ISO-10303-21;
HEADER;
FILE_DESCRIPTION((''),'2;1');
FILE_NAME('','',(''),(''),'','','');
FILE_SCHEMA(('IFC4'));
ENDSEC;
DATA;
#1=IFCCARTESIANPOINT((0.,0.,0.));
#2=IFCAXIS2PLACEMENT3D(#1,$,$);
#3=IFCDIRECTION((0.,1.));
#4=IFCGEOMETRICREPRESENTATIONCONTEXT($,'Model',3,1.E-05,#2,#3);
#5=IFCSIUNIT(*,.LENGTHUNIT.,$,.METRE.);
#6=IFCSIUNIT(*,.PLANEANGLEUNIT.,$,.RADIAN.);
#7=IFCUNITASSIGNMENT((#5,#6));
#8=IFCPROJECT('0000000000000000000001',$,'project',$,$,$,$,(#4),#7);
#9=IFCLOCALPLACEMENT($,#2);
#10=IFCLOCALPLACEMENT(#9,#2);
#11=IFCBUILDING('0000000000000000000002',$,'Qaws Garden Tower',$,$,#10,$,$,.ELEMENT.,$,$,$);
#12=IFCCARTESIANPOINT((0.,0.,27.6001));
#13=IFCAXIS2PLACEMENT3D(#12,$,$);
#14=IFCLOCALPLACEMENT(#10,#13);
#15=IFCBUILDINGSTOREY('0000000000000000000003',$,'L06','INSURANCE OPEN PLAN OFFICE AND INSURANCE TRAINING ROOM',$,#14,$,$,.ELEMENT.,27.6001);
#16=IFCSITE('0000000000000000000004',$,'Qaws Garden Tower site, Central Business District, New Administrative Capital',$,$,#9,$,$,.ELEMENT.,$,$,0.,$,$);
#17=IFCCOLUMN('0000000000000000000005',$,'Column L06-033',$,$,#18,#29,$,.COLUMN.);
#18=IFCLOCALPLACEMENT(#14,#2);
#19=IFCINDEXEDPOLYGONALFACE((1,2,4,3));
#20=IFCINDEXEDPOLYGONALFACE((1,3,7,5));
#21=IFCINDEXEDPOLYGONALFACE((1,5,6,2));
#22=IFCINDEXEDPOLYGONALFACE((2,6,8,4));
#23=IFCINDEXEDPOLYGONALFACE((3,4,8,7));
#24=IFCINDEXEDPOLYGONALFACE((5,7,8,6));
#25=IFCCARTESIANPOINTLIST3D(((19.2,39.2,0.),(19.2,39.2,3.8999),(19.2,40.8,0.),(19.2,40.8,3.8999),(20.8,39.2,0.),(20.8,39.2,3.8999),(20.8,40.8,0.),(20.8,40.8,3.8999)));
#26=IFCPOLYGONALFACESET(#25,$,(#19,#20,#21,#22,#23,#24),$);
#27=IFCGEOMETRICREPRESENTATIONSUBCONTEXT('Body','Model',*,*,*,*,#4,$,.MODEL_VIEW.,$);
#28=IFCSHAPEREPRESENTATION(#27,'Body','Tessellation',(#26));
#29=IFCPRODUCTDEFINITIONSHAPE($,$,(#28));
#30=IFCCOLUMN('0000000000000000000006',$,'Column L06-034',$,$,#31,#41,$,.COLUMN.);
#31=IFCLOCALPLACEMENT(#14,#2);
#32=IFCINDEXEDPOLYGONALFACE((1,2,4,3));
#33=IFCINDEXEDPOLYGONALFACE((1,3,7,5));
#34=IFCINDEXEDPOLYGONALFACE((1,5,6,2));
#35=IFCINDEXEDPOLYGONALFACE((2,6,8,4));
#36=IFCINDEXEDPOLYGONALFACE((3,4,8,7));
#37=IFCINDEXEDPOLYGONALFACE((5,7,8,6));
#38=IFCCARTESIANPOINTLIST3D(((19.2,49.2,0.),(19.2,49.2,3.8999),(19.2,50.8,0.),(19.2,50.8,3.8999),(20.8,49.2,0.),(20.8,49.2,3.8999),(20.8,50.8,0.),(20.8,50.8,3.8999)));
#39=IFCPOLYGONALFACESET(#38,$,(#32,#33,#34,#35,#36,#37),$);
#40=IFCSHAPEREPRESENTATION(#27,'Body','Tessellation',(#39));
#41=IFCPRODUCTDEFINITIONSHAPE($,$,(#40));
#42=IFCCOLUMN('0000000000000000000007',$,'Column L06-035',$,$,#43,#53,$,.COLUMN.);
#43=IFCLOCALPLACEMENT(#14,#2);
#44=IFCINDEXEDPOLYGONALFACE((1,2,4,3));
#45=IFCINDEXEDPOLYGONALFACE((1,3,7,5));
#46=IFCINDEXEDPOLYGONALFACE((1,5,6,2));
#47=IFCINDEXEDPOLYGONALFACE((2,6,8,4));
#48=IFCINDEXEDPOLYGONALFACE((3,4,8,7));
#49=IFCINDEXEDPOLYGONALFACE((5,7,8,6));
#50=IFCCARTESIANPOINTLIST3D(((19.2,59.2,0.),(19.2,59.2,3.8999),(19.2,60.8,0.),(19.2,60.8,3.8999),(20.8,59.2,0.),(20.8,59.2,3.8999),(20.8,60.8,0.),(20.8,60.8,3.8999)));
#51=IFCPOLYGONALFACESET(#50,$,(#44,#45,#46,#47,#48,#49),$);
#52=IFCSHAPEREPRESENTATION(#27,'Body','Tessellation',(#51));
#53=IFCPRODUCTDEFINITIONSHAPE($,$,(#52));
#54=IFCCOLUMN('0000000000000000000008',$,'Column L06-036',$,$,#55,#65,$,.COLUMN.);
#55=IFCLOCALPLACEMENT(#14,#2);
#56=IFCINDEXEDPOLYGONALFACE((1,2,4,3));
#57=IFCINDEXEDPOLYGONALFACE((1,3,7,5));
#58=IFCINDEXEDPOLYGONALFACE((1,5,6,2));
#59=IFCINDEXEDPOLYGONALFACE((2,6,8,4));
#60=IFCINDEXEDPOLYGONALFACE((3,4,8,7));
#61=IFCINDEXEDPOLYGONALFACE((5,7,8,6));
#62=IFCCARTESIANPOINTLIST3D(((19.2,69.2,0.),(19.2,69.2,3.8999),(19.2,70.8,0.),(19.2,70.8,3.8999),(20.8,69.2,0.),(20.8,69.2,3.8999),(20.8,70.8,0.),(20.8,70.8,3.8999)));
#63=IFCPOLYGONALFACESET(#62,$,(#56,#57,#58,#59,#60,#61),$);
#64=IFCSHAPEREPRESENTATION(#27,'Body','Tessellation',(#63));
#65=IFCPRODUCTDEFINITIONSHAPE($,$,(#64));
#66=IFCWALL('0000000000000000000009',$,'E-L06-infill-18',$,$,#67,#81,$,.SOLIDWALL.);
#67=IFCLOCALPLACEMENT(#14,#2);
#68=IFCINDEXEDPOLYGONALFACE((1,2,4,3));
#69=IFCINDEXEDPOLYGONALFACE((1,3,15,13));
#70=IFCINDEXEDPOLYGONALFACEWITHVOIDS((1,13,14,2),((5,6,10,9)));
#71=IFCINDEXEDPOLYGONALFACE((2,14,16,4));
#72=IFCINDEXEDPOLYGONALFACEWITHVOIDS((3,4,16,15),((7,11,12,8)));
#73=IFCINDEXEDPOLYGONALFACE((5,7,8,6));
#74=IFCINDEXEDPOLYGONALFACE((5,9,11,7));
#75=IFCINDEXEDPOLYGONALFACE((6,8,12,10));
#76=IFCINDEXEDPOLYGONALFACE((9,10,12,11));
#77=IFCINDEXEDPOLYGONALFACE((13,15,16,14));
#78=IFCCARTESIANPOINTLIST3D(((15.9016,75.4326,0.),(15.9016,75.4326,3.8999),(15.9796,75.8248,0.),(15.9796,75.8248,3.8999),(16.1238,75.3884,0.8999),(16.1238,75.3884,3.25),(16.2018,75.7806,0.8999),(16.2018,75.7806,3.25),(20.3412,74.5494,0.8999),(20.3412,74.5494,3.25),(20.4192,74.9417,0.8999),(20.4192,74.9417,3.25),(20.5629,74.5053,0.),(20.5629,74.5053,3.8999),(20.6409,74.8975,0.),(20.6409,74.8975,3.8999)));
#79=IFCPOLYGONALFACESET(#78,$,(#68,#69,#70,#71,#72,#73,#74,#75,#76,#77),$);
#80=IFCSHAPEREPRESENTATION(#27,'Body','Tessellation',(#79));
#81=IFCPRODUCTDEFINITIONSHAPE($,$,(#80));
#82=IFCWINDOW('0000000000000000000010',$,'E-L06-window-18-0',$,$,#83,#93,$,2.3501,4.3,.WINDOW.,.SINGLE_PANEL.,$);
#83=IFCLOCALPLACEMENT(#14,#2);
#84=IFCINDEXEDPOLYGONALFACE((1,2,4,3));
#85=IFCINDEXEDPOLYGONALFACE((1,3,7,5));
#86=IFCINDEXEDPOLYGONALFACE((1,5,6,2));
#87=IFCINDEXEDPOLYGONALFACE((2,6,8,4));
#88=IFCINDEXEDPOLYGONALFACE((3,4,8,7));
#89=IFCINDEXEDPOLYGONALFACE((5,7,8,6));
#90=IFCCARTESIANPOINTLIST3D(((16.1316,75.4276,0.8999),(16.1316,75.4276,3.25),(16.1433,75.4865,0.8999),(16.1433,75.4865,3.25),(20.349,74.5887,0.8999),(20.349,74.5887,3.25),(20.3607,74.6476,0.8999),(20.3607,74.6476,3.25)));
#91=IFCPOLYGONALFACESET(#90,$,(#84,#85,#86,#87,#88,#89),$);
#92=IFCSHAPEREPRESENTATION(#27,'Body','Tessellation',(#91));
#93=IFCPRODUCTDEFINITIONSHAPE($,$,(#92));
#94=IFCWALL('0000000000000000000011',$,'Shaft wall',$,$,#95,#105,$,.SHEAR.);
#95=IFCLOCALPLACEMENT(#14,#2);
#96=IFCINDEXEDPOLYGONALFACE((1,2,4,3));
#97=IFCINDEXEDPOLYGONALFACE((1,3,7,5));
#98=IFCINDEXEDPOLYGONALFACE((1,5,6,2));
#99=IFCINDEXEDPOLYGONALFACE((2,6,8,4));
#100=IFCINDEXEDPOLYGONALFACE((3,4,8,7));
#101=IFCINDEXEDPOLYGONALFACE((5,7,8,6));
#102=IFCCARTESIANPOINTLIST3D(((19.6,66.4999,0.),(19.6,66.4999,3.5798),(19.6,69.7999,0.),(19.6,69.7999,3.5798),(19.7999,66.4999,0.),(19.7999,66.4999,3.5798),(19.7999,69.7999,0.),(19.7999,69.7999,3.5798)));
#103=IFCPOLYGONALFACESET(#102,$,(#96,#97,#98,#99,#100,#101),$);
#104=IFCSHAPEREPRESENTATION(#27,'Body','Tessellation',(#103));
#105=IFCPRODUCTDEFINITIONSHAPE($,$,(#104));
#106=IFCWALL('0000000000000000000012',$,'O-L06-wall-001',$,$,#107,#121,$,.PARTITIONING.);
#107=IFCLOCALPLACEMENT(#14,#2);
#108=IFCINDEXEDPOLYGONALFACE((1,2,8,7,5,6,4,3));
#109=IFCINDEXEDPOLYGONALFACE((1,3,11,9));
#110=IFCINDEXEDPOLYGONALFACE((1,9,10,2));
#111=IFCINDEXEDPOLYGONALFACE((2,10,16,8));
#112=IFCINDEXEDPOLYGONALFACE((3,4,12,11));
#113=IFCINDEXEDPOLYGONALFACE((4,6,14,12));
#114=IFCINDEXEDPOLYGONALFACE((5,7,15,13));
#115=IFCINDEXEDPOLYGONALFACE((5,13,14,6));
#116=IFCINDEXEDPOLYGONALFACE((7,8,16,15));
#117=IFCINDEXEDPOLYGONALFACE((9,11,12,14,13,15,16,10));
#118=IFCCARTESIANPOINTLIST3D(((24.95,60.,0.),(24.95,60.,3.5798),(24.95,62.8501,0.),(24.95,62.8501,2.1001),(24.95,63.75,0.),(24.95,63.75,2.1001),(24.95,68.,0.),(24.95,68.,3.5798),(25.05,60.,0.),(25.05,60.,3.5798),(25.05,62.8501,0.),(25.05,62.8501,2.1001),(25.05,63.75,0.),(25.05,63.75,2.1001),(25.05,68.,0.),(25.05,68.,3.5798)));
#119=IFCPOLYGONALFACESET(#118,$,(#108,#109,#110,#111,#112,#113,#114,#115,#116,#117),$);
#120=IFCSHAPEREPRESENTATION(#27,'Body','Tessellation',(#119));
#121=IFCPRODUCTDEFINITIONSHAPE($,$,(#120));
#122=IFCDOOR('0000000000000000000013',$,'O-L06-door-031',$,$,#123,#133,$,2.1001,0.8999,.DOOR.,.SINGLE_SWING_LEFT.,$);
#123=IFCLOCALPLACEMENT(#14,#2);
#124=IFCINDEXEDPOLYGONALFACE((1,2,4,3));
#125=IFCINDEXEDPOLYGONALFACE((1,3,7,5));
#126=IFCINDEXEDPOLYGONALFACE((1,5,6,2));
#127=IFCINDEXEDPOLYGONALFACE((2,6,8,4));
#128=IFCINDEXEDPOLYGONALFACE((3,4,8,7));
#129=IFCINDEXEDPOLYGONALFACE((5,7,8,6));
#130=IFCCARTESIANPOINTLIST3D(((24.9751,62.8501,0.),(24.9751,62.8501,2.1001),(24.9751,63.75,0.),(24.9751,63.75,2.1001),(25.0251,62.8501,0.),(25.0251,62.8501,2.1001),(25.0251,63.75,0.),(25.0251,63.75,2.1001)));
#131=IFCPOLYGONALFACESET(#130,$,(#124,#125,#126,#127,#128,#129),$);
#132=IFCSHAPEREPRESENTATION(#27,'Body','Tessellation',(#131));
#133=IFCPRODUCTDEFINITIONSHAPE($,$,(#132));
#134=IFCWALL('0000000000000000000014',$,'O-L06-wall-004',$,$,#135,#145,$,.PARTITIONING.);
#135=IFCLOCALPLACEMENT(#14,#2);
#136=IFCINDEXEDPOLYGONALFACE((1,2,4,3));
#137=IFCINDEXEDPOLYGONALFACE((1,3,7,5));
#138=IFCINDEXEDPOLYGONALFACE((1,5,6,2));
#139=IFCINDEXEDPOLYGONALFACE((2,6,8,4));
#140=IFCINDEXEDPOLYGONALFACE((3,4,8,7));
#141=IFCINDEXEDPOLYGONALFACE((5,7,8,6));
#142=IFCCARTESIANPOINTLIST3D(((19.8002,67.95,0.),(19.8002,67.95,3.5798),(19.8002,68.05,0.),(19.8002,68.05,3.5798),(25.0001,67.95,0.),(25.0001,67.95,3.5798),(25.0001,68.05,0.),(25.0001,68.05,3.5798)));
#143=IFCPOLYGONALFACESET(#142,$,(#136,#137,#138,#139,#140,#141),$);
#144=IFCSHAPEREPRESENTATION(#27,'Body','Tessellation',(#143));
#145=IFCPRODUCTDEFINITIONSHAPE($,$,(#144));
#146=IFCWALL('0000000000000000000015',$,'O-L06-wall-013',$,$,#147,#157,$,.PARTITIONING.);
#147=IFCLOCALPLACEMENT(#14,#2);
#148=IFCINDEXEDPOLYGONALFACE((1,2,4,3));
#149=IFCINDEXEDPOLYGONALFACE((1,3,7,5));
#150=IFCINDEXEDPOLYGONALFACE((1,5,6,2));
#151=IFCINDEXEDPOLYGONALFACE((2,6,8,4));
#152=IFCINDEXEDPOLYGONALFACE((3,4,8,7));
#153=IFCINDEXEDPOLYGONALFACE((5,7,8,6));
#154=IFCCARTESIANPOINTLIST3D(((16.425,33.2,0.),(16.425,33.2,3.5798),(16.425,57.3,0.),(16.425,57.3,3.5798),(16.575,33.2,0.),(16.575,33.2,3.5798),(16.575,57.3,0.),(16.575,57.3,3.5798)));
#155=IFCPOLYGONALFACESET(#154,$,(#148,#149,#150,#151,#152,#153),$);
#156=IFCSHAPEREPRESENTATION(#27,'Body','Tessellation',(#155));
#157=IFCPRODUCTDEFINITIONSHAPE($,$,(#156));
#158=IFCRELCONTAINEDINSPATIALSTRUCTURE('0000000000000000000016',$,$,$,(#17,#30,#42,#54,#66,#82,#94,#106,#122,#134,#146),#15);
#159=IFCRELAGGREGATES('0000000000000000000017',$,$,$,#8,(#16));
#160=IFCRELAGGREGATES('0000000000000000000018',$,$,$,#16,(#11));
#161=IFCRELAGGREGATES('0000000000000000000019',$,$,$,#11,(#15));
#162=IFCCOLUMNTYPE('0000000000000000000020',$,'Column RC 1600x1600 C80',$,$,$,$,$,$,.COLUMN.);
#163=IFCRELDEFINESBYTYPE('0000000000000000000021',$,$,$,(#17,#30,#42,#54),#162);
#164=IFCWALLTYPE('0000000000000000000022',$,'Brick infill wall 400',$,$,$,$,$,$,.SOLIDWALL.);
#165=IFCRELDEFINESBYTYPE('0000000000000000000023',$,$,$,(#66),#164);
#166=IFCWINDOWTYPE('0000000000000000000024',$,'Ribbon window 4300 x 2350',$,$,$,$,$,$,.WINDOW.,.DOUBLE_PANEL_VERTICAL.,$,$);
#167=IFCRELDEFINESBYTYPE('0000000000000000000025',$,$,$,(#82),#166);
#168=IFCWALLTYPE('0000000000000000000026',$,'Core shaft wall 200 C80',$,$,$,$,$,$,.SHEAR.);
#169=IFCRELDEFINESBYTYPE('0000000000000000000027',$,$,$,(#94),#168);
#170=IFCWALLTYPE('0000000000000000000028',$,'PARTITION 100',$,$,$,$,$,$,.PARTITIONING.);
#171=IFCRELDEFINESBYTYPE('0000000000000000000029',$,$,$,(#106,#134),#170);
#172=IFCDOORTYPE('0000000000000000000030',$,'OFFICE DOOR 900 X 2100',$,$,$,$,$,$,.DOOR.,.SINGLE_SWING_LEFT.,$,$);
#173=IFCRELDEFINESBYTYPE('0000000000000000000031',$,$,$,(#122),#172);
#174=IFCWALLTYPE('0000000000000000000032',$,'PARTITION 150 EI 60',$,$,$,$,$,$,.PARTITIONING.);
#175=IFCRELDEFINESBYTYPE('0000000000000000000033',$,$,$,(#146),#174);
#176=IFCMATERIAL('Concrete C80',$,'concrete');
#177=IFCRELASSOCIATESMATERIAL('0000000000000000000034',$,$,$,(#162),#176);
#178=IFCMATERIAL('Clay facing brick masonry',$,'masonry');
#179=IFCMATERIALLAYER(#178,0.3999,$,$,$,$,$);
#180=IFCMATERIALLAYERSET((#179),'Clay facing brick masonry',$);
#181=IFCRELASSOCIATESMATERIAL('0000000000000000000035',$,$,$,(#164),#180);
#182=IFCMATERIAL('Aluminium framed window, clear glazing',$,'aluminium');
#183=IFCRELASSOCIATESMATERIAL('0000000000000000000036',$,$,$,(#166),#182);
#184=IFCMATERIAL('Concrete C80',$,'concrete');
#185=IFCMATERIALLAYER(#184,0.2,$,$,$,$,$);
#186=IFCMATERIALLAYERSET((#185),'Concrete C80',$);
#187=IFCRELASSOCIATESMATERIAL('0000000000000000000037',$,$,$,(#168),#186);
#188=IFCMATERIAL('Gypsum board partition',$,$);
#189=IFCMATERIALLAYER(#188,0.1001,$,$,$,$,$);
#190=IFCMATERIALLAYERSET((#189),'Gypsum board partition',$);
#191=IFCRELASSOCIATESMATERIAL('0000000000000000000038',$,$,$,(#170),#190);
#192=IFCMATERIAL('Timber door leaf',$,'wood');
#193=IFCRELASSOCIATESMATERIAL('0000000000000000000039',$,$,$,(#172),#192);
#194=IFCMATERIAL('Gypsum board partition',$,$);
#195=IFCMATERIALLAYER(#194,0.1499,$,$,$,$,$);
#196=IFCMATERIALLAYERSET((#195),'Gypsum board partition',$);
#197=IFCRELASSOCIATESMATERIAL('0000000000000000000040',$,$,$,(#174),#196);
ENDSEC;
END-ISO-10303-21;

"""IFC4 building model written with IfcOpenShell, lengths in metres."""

from ifc_helpers import new_model, si_unit, direction, frame, frame_2d, origin, origin_2d, place, context, subcontext, project, spatial, rectangle, extrude, material, layer, layer_set, material_profile, profile_set, type_object, element, fill, save


model = new_model("IFC4")

# Units and contexts
model_context = context("Model", 3, precision=1e-05, world=origin(), true_north=direction((0.0, 1.0)))
body_context = subcontext(model_context, "Body", "Model", "MODEL_VIEW")
ifc_project = project(units=[si_unit("LENGTHUNIT", "METRE"), si_unit("PLANEANGLEUNIT", "RADIAN")], contexts=[model_context])

# Site, building, storey
site_placement = place(None, origin())
site = spatial("IfcSite", under=ifc_project, at=site_placement, Name="Qaws Garden Tower site, Central Business District, New Administrative Capital", CompositionType="ELEMENT", RefElevation=0.0)
building_placement = place(site_placement, origin())
building = spatial("IfcBuilding", under=site, at=building_placement, Name="Qaws Garden Tower", CompositionType="ELEMENT")
storey_placement = place(building_placement, frame((0.0, 0.0, 27.6001)))
storey = spatial("IfcBuildingStorey", under=building, at=storey_placement, Name="L06", Description="INSURANCE OPEN PLAN OFFICE AND INSURANCE TRAINING ROOM", CompositionType="ELEMENT", Elevation=27.6001)

# Columns
ifc_material_1 = material(Name="Concrete C80", Category="concrete")
ifc_material_profile = material_profile(ifc_material_1, rectangle(XDim=1.6001, YDim=1.6001, at=origin_2d()), Name="RC 1600x1600")
ifc_profile_set = profile_set([ifc_material_profile], Name="Concrete C80")
column_type = type_object("IfcColumnType", Name="Column RC 1600x1600 C80", PredefinedType="COLUMN", material=ifc_profile_set)
for number, where, z_axis, x_axis, name in (
    (1, (20.0, 40.0, 0.0), (0.0, 0.0, 1.0), (1.0, 0.0, 0.0), "Column L06-033"),
    (2, (20.0, 50.0, 0.0), (0.0, 0.0, 1.0), (1.0, 0.0, 0.0), "Column L06-034"),
    (3, (20.0, 60.0, 0.0), (0.0, 0.0, 1.0), (1.0, 0.0, 0.0), "Column L06-035"),
    (4, (20.0, 70.0, 0.0), (0.0, 0.0, 1.0), (1.0, 0.0, 0.0), "Column L06-036"),
):
    element("IfcColumn", number, at=place(storey_placement, frame(where, z_axis=z_axis, x_axis=x_axis)), inside=storey, type_object=column_type, Name=name, PredefinedType="COLUMN", context=body_context, shape_type="SweptSolid", body=[
        extrude(rectangle(XDim=1.6001, YDim=1.6001, at=origin_2d()), origin(), (0.0, 0.0, 1.0), 3.8999),
    ])

# Wall, opening, window
ifc_material_2 = material(Name="Clay facing brick masonry", Category="masonry")
ifc_layer_1 = layer(ifc_material_2, 0.3999)
ifc_layer_set_1 = layer_set([ifc_layer_1], Name="Clay facing brick masonry")
wall_type_1 = type_object("IfcWallType", Name="Brick infill wall 400", PredefinedType="SOLIDWALL", material=ifc_layer_set_1)
wall_1_placement = place(storey_placement, frame((20.6021, 74.7014, 0.0), z_axis=(0.0, 0.0, 1.0), x_axis=(-0.980784, 0.195099, 0.0)))
wall_1 = element("IfcWall", 5, at=wall_1_placement, inside=storey, type_object=wall_type_1, Name="E-L06-infill-18", PredefinedType="SOLIDWALL", context=body_context, shape_type="SweptSolid", body=[
    extrude(rectangle(XDim=4.7527, YDim=0.3999, at=frame_2d((2.3765, 0.0))), origin(), (0.0, 0.0, 1.0), 3.8999),
])
opening_1_placement = place(wall_1_placement, frame((0.2263, 0.0, 0.8999)))
opening_1 = element("IfcOpeningElement", 6, at=opening_1_placement, cuts=wall_1, PredefinedType="OPENING", context=body_context, shape_type="SweptSolid", body=[
    extrude(rectangle(XDim=4.3, YDim=2.3501, at=frame_2d((2.1499, 1.175))), frame((0.0, 0.21, 0.0), z_axis=(0.0, -1.0, 0.0), x_axis=(1.0, 0.0, 0.0)), (0.0, 0.0, 1.0), 0.4199),
])
ifc_material_3 = material(Name="Aluminium framed window, clear glazing", Category="aluminium")
window_type = type_object("IfcWindowType", Name="Ribbon window 4300 x 2350", PartitioningType="DOUBLE_PANEL_VERTICAL", PredefinedType="WINDOW", material=ifc_material_3)
window_placement = place(opening_1_placement, origin())
window = element("IfcWindow", 7, at=window_placement, inside=storey, type_object=window_type, Name="E-L06-window-18-0", OverallHeight=2.3501, OverallWidth=4.3, PartitioningType="SINGLE_PANEL", PredefinedType="WINDOW", context=body_context, shape_type="SweptSolid", body=[
    extrude(rectangle(XDim=4.3, YDim=2.3501, at=frame_2d((2.1499, 1.175))), frame((0.0, 0.1599, 0.0), z_axis=(0.0, -1.0, 0.0), x_axis=(1.0, 0.0, 0.0)), (0.0, 0.0, 1.0), 0.0601),
])
fill(opening_1, window)

# Wall
ifc_material_4 = material(Name="Concrete C80", Category="concrete")
ifc_layer_2 = layer(ifc_material_4, 0.2)
ifc_layer_set_2 = layer_set([ifc_layer_2], Name="Concrete C80")
wall_type_2 = type_object("IfcWallType", Name="Core shaft wall 200 C80", PredefinedType="SHEAR", material=ifc_layer_set_2)
wall_2_placement = place(storey_placement, frame((19.7, 66.5, 0.0), z_axis=(0.0, 0.0, 1.0), x_axis=(0.0, 1.0, 0.0)))
element("IfcWall", 8, at=wall_2_placement, inside=storey, type_object=wall_type_2, Name="Shaft wall", PredefinedType="SHEAR", context=body_context, shape_type="SweptSolid", body=[
    extrude(rectangle(XDim=3.3, YDim=0.2, at=frame_2d((1.6499, 0.0))), origin(), (0.0, 0.0, 1.0), 3.5798),
])

# Wall, opening, door
ifc_material_5 = material(Name="Gypsum board partition")
ifc_layer_3 = layer(ifc_material_5, 0.1001)
ifc_layer_set_3 = layer_set([ifc_layer_3], Name="Gypsum board partition")
wall_type_3 = type_object("IfcWallType", Name="PARTITION 100", PredefinedType="PARTITIONING", material=ifc_layer_set_3)
wall_3_placement = place(storey_placement, frame((25.0, 60.0, 0.0), z_axis=(0.0, 0.0, 1.0), x_axis=(0.0, 1.0, 0.0)))
wall_3 = element("IfcWall", 9, at=wall_3_placement, inside=storey, type_object=wall_type_3, Name="O-L06-wall-001", PredefinedType="PARTITIONING", context=body_context, shape_type="SweptSolid", body=[
    extrude(rectangle(XDim=8.0, YDim=0.1001, at=frame_2d((4.0, 0.0))), origin(), (0.0, 0.0, 1.0), 3.5798),
])
opening_2_placement = place(wall_3_placement, frame((2.8501, 0.0, 0.0)))
opening_2 = element("IfcOpeningElement", 10, at=opening_2_placement, cuts=wall_3, PredefinedType="OPENING", context=body_context, shape_type="SweptSolid", body=[
    extrude(rectangle(XDim=0.8999, YDim=2.1001, at=frame_2d((0.45, 1.05))), frame((0.0, 0.0601, 0.0), z_axis=(0.0, -1.0, 0.0), x_axis=(1.0, 0.0, 0.0)), (0.0, 0.0, 1.0), 0.1201),
])
ifc_material_6 = material(Name="Timber door leaf", Category="wood")
door_type_1 = type_object("IfcDoorType", Name="OFFICE DOOR 900 X 2100", OperationType="SINGLE_SWING_LEFT", PredefinedType="DOOR", material=ifc_material_6)
door_1_placement = place(opening_2_placement, origin())
door_1 = element("IfcDoor", 11, at=door_1_placement, inside=storey, type_object=door_type_1, Name="O-L06-door-031", OperationType="SINGLE_SWING_LEFT", OverallHeight=2.1001, OverallWidth=0.8999, PredefinedType="DOOR", context=body_context, shape_type="SweptSolid", body=[
    extrude(rectangle(XDim=0.8999, YDim=2.1001, at=frame_2d((0.45, 1.05))), frame((0.0, 0.0249, 0.0), z_axis=(0.0, -1.0, 0.0), x_axis=(1.0, 0.0, 0.0)), (0.0, 0.0, 1.0), 0.05),
])
fill(opening_2, door_1)

# Walls
wall_4_placement = place(storey_placement, frame((19.8, 68.0, 0.0), z_axis=(0.0, 0.0, 1.0), x_axis=(1.0, 0.0, 0.0)))
element("IfcWall", 12, at=wall_4_placement, inside=storey, type_object=wall_type_3, Name="O-L06-wall-004", PredefinedType="PARTITIONING", context=body_context, shape_type="SweptSolid", body=[
    extrude(rectangle(XDim=5.2, YDim=0.1001, at=frame_2d((2.6001, 0.0))), origin(), (0.0, 0.0, 1.0), 3.5798),
])
ifc_material_7 = material(Name="Gypsum board partition")
ifc_layer_4 = layer(ifc_material_7, 0.1499)
ifc_layer_set_4 = layer_set([ifc_layer_4], Name="Gypsum board partition")
wall_type_4 = type_object("IfcWallType", Name="PARTITION 150 EI 60", PredefinedType="PARTITIONING", material=ifc_layer_set_4)
wall_5_placement = place(storey_placement, frame((16.5, 33.2, 0.0), z_axis=(0.0, 0.0, 1.0), x_axis=(0.0, 1.0, 0.0)))
element("IfcWall", 13, at=wall_5_placement, inside=storey, type_object=wall_type_4, Name="O-L06-wall-013", PredefinedType="PARTITIONING", context=body_context, shape_type="SweptSolid", body=[
    extrude(rectangle(XDim=24.1001, YDim=0.1499, at=frame_2d((12.05, 0.0))), origin(), (0.0, 0.0, 1.0), 3.5798),
])

save(model, "model.ifc")
